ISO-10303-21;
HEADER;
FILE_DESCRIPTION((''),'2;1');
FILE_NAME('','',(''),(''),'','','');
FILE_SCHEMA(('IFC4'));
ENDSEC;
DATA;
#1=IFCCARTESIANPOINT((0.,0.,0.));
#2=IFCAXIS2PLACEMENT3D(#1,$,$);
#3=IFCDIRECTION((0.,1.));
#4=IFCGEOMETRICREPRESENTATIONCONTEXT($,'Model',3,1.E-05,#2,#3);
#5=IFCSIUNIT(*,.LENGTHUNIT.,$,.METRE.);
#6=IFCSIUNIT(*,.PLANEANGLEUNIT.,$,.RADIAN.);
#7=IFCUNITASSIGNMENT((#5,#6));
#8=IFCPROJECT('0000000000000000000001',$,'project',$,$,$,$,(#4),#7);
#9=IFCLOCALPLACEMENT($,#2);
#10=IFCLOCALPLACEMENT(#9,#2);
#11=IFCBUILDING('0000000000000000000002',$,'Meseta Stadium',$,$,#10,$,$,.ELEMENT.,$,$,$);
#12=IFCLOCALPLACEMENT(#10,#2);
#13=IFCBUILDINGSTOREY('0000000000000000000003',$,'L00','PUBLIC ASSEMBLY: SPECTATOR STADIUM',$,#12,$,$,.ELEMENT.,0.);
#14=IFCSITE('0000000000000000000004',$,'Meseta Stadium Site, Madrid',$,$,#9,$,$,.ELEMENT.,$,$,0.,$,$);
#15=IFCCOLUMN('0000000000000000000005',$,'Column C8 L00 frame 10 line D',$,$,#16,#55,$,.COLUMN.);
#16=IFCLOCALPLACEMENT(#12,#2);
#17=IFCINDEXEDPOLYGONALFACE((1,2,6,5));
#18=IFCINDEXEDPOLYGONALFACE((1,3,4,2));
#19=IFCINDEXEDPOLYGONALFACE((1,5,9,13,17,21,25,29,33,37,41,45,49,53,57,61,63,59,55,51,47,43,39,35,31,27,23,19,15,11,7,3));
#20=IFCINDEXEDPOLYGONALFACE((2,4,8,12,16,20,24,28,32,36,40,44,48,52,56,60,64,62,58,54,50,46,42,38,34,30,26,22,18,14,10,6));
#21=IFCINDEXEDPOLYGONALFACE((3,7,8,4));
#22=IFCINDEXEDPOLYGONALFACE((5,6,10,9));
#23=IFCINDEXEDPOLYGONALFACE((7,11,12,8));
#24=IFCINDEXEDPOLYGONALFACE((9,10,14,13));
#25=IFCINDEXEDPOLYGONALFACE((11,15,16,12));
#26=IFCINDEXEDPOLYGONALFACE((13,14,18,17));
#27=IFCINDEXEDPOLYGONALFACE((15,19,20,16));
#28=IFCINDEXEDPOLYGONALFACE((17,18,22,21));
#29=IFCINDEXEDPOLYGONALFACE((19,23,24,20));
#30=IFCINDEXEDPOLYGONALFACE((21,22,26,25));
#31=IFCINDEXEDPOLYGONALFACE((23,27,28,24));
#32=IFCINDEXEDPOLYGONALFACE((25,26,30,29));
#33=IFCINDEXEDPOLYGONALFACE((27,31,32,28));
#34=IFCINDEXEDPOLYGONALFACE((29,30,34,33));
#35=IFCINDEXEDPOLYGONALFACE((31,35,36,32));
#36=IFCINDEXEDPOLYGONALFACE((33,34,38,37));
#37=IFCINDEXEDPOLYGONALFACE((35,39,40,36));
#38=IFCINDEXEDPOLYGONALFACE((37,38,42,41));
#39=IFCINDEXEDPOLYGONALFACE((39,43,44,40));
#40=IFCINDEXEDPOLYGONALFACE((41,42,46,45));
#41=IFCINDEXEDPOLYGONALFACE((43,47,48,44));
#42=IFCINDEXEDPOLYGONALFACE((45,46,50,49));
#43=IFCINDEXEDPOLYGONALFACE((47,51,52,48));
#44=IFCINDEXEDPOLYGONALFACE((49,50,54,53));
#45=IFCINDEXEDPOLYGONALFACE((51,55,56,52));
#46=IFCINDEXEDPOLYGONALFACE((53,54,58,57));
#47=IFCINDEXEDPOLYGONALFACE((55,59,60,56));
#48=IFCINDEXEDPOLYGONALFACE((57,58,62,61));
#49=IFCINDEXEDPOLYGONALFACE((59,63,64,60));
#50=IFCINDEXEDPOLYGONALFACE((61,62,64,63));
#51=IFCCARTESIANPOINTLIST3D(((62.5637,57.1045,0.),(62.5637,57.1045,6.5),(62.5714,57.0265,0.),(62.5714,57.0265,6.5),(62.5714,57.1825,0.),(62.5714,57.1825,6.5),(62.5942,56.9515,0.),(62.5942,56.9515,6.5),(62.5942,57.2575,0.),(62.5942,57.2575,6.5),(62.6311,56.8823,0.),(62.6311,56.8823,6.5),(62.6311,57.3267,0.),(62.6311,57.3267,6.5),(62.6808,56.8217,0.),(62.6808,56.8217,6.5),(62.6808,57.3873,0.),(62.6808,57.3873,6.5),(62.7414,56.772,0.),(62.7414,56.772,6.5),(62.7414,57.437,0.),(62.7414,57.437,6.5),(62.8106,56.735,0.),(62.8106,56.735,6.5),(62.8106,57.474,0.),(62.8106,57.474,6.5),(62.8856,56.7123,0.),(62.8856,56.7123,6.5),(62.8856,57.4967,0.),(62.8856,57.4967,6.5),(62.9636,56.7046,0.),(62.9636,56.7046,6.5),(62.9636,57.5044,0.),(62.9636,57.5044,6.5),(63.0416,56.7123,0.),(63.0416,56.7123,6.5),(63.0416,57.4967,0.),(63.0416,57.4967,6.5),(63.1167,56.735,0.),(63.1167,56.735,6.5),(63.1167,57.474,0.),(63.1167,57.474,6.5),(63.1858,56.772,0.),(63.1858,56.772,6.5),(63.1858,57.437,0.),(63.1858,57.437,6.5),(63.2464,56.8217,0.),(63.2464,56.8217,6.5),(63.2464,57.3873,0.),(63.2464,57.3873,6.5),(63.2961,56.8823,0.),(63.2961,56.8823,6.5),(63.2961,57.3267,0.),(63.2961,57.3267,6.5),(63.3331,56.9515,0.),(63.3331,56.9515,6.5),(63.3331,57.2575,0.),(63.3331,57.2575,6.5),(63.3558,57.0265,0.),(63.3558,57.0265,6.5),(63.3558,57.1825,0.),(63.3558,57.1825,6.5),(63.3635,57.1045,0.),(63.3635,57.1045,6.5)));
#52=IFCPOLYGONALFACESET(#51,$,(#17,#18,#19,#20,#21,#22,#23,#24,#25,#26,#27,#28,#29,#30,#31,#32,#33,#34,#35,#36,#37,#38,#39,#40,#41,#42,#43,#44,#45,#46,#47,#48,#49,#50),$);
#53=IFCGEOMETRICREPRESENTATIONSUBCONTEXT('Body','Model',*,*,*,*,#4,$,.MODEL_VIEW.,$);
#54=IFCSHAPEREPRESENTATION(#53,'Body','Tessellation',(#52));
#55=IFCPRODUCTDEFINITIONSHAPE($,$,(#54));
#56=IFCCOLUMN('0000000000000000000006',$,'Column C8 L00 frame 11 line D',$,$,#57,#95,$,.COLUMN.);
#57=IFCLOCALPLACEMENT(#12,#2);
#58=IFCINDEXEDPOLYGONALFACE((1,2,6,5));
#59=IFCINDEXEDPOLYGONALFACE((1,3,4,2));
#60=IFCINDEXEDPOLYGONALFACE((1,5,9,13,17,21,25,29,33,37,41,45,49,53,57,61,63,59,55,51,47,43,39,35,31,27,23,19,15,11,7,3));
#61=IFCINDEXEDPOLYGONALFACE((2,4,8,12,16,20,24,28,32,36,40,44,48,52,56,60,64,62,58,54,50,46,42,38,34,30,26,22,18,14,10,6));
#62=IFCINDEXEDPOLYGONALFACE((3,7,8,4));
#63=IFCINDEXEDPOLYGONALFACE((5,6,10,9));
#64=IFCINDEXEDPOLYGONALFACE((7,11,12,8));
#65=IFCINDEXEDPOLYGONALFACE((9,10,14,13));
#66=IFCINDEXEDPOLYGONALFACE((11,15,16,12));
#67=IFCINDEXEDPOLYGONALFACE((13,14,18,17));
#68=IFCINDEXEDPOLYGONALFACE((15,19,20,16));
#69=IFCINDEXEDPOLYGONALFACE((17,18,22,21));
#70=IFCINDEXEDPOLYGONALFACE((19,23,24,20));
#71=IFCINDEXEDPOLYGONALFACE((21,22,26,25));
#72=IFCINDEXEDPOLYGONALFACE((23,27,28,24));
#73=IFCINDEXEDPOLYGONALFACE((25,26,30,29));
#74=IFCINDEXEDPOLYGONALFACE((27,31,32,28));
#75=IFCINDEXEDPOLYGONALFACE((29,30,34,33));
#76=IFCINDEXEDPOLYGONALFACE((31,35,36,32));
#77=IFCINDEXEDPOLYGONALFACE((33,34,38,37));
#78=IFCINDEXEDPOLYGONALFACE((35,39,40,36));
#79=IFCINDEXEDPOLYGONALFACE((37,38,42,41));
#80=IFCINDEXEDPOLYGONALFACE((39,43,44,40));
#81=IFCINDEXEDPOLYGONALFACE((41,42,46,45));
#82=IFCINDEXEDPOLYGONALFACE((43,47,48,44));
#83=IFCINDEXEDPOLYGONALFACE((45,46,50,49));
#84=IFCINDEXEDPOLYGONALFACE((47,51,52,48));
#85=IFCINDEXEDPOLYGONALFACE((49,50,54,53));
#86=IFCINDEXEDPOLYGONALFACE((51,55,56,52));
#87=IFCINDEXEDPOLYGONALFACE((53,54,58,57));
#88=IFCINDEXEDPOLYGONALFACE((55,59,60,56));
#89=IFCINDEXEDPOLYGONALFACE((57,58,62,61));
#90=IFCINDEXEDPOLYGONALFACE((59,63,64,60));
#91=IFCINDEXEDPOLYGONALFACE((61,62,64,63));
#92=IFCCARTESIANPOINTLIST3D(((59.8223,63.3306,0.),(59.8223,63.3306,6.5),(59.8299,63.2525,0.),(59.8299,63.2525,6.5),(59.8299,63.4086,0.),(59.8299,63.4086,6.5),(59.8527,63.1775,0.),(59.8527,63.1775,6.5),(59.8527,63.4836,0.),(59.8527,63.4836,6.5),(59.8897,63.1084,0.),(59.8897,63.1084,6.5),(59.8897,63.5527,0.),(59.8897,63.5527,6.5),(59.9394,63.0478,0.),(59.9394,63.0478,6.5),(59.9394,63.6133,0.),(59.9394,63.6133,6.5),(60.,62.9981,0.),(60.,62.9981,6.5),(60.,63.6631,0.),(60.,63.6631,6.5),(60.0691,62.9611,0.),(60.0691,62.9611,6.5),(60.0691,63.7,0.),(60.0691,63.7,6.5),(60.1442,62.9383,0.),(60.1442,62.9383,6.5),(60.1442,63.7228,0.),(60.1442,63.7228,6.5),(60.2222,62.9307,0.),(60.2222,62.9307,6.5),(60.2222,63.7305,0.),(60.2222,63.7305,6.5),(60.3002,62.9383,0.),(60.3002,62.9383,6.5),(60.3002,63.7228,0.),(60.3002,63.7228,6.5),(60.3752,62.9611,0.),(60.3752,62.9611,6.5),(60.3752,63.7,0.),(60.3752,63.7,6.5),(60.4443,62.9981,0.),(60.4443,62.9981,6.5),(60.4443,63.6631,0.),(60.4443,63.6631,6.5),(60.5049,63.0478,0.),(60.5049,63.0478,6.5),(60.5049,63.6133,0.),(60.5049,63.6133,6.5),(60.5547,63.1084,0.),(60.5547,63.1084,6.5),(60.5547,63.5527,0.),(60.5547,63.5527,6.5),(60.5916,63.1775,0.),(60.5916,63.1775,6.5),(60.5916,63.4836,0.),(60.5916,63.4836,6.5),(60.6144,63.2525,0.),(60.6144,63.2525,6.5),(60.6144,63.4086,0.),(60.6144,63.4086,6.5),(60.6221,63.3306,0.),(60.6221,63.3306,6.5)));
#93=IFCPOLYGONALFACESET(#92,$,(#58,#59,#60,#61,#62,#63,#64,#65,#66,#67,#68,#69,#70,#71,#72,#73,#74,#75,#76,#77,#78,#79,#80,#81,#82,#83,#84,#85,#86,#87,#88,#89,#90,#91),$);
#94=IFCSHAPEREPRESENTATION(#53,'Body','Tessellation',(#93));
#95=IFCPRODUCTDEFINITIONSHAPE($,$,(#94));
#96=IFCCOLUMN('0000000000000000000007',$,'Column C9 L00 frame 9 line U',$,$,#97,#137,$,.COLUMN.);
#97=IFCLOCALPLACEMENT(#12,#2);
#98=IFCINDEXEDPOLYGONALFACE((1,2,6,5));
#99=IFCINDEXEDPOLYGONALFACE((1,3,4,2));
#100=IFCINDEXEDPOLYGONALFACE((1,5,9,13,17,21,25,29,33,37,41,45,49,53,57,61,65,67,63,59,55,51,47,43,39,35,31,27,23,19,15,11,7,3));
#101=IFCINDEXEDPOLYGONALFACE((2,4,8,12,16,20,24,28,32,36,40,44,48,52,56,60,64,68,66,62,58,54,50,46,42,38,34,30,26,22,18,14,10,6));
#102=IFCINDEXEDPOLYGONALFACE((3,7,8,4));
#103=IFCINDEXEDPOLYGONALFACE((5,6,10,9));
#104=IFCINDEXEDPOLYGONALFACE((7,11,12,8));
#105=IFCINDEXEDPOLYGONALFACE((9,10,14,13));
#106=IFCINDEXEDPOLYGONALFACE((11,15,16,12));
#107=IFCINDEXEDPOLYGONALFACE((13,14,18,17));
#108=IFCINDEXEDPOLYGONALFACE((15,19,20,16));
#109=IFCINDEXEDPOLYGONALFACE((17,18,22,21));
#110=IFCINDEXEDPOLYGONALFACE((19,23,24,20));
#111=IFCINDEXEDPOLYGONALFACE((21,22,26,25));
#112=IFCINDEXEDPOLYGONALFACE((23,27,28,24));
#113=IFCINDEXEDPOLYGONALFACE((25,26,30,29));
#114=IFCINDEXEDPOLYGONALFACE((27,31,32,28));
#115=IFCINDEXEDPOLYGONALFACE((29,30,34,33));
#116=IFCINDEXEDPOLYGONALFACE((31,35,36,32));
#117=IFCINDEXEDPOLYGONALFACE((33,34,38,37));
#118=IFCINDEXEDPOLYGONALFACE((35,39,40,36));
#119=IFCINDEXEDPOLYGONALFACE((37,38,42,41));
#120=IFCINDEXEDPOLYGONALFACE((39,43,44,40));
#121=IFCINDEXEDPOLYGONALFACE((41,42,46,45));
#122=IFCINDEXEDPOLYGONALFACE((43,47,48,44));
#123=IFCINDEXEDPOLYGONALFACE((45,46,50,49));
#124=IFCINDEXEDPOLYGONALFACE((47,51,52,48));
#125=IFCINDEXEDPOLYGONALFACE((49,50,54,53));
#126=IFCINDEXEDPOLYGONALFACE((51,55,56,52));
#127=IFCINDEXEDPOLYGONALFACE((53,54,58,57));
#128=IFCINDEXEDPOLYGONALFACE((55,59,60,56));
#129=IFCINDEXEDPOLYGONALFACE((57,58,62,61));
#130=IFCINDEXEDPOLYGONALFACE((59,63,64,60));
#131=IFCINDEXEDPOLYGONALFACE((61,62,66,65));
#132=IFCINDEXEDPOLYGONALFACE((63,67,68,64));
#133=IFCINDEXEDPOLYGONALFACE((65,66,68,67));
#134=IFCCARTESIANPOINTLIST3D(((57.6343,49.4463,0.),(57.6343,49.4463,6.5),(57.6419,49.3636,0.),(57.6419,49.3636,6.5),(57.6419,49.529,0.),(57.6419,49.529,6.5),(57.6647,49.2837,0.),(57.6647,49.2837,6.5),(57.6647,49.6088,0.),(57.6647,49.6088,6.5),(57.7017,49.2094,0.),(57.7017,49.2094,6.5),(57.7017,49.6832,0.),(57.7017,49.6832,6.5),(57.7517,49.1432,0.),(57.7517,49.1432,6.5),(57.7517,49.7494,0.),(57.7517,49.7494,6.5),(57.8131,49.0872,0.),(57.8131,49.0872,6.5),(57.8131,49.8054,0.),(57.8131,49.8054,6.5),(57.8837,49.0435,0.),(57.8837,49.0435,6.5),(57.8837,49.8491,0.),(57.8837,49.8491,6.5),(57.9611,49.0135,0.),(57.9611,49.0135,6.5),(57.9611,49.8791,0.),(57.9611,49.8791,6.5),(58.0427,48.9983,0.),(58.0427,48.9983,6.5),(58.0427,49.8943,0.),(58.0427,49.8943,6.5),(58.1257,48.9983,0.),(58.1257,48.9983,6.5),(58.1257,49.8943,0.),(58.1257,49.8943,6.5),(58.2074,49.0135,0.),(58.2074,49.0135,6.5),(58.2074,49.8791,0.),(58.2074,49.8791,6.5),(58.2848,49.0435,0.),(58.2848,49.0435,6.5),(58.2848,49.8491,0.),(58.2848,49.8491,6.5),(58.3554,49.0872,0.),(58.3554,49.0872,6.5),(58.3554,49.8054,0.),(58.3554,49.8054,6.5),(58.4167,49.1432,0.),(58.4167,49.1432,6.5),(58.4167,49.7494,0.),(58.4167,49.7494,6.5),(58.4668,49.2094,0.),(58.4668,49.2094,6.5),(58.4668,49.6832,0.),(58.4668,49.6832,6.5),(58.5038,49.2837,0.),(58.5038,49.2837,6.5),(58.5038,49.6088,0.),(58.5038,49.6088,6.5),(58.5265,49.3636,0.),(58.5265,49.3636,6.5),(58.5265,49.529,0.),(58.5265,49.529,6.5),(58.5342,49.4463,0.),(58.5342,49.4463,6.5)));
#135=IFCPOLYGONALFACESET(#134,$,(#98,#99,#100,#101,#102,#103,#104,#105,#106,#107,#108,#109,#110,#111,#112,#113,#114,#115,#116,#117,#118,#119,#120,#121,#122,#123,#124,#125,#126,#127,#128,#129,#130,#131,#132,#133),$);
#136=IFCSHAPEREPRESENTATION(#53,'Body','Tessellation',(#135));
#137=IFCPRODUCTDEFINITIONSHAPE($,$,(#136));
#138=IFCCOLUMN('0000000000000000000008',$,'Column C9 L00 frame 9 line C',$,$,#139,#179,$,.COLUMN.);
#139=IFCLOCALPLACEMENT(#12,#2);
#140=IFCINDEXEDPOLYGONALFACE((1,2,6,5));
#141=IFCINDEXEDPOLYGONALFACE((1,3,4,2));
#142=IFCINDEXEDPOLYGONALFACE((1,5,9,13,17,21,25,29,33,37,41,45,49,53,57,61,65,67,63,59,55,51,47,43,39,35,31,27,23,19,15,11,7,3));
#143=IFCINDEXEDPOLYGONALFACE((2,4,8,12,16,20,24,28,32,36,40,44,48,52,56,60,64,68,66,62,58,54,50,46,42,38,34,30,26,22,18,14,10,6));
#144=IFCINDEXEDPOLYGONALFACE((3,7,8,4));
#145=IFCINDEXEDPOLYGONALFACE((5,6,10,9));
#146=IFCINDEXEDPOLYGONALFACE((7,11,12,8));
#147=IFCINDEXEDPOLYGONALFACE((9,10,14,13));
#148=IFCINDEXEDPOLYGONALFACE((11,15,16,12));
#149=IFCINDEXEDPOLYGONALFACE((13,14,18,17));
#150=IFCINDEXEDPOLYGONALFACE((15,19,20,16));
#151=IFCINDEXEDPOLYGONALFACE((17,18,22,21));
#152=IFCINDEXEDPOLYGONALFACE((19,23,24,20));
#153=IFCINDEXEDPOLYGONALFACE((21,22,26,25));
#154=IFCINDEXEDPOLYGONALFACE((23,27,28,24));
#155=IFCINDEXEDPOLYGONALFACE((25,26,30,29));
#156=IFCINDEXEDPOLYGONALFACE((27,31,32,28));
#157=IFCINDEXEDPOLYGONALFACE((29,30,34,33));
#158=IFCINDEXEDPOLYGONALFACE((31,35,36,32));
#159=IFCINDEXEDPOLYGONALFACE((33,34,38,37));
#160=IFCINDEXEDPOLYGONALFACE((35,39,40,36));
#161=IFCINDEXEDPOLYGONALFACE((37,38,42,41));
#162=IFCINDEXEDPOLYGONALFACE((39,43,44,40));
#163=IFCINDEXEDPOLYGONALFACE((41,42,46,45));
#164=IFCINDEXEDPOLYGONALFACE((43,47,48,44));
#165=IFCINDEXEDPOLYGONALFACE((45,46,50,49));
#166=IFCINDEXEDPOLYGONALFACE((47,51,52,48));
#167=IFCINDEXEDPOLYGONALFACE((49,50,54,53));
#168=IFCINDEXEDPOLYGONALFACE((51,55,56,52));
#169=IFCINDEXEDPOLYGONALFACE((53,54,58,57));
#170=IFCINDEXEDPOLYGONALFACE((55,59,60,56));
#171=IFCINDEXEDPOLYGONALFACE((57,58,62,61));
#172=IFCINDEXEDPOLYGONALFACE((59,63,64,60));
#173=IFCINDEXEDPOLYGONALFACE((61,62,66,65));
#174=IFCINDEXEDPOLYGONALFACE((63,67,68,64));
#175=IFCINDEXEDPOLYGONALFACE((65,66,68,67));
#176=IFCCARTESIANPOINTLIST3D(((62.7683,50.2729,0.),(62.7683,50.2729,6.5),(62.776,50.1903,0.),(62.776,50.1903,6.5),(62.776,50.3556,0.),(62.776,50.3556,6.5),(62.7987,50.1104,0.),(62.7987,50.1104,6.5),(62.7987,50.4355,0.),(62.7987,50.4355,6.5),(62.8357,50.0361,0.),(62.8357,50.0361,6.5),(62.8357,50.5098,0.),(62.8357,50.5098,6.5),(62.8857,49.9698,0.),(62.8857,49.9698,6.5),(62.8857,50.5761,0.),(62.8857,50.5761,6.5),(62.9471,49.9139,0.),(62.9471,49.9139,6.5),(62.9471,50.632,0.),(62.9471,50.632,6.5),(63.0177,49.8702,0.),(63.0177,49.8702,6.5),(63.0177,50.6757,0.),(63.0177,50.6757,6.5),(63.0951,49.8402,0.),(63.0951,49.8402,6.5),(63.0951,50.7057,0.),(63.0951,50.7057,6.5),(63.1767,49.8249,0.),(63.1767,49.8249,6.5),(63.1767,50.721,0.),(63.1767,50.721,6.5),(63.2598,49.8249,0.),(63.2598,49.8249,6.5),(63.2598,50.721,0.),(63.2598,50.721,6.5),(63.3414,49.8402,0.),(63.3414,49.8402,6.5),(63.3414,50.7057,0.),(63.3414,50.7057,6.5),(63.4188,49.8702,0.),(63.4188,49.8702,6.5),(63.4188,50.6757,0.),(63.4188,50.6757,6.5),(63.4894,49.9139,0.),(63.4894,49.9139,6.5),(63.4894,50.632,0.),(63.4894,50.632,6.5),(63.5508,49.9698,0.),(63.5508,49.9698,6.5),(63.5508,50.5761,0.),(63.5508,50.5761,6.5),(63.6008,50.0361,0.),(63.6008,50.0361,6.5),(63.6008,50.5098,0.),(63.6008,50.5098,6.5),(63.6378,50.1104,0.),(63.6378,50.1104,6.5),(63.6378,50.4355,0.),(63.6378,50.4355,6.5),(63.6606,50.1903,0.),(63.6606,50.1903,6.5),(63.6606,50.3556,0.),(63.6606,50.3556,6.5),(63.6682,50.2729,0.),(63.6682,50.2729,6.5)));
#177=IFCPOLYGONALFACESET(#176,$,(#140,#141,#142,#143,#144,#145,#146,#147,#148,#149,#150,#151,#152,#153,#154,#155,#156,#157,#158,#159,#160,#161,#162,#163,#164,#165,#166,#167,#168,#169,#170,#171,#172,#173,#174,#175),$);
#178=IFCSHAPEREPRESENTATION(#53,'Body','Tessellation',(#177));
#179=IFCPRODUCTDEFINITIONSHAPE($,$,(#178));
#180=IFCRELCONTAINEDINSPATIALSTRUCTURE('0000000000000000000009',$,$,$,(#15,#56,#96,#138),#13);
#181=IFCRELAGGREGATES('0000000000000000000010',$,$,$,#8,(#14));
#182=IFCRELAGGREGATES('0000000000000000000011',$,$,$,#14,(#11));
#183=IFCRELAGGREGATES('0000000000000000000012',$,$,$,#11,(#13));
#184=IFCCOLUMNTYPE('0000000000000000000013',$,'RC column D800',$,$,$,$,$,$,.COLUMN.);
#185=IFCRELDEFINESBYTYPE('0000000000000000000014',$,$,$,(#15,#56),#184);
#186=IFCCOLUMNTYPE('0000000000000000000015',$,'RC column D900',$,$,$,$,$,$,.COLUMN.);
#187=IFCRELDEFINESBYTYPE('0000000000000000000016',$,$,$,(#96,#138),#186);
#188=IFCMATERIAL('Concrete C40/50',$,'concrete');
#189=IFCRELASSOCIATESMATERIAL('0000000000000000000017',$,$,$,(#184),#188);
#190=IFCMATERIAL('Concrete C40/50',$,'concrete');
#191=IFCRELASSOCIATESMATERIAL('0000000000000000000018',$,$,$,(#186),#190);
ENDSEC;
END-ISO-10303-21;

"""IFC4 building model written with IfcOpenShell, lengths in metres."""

from ifc_helpers import new_model, si_unit, direction, frame, origin, origin_2d, place, context, subcontext, project, spatial, circle, extrude, material, material_profile, profile_set, type_object, element, save


model = new_model("IFC4")

# Units and contexts
model_context = context("Model", 3, precision=1e-05, world=origin(), true_north=direction((0.0, 1.0)))
body_context = subcontext(model_context, "Body", "Model", "MODEL_VIEW")
ifc_project = project(units=[si_unit("LENGTHUNIT", "METRE"), si_unit("PLANEANGLEUNIT", "RADIAN")], contexts=[model_context])

# Site, building, storey
site_placement = place(None, origin())
site = spatial("IfcSite", under=ifc_project, at=site_placement, Name="Meseta Stadium Site, Madrid", CompositionType="ELEMENT", RefElevation=0.0)
building_placement = place(site_placement, origin())
building = spatial("IfcBuilding", under=site, at=building_placement, Name="Meseta Stadium", CompositionType="ELEMENT")
storey_placement = place(building_placement, origin())
storey = spatial("IfcBuildingStorey", under=building, at=storey_placement, Name="L00", Description="PUBLIC ASSEMBLY: SPECTATOR STADIUM", CompositionType="ELEMENT", Elevation=0.0)

# Columns
ifc_material_1 = material(Name="Concrete C40/50", Category="concrete")
ifc_material_profile_1 = material_profile(ifc_material_1, circle(Radius=0.3999, at=origin_2d()), Name="RC D800")
ifc_profile_set_1 = profile_set([ifc_material_profile_1], Name="Concrete C40/50")
column_type_1 = type_object("IfcColumnType", Name="RC column D800", PredefinedType="COLUMN", material=ifc_profile_set_1)
for number, where, z_axis, x_axis, name in (
    (1, (62.9636, 57.1045, 0.0), (0.0, 0.0, 1.0), (1.0, 0.0, 0.0), "Column C8 L00 frame 10 line D"),
    (2, (60.2222, 63.3306, 0.0), (0.0, 0.0, 1.0), (1.0, 0.0, 0.0), "Column C8 L00 frame 11 line D"),
):
    element("IfcColumn", number, at=place(storey_placement, frame(where, z_axis=z_axis, x_axis=x_axis)), inside=storey, type_object=column_type_1, Name=name, PredefinedType="COLUMN", context=body_context, shape_type="SweptSolid", body=[
        extrude(circle(Radius=0.3999, at=origin_2d()), origin(), (0.0, 0.0, 1.0), 6.5),
    ])
ifc_material_2 = material(Name="Concrete C40/50", Category="concrete")
ifc_material_profile_2 = material_profile(ifc_material_2, circle(Radius=0.45, at=origin_2d()), Name="RC D900")
ifc_profile_set_2 = profile_set([ifc_material_profile_2], Name="Concrete C40/50")
column_type_2 = type_object("IfcColumnType", Name="RC column D900", PredefinedType="COLUMN", material=ifc_profile_set_2)
for number, where, z_axis, x_axis, name in (
    (3, (58.0842, 49.4463, 0.0), (0.0, 0.0, 1.0), (1.0, 0.0, 0.0), "Column C9 L00 frame 9 line U"),
    (4, (63.2183, 50.2729, 0.0), (0.0, 0.0, 1.0), (1.0, 0.0, 0.0), "Column C9 L00 frame 9 line C"),
):
    element("IfcColumn", number, at=place(storey_placement, frame(where, z_axis=z_axis, x_axis=x_axis)), inside=storey, type_object=column_type_2, Name=name, PredefinedType="COLUMN", context=body_context, shape_type="SweptSolid", body=[
        extrude(circle(Radius=0.45, at=origin_2d()), origin(), (0.0, 0.0, 1.0), 6.5),
    ])

save(model, "model.ifc")
